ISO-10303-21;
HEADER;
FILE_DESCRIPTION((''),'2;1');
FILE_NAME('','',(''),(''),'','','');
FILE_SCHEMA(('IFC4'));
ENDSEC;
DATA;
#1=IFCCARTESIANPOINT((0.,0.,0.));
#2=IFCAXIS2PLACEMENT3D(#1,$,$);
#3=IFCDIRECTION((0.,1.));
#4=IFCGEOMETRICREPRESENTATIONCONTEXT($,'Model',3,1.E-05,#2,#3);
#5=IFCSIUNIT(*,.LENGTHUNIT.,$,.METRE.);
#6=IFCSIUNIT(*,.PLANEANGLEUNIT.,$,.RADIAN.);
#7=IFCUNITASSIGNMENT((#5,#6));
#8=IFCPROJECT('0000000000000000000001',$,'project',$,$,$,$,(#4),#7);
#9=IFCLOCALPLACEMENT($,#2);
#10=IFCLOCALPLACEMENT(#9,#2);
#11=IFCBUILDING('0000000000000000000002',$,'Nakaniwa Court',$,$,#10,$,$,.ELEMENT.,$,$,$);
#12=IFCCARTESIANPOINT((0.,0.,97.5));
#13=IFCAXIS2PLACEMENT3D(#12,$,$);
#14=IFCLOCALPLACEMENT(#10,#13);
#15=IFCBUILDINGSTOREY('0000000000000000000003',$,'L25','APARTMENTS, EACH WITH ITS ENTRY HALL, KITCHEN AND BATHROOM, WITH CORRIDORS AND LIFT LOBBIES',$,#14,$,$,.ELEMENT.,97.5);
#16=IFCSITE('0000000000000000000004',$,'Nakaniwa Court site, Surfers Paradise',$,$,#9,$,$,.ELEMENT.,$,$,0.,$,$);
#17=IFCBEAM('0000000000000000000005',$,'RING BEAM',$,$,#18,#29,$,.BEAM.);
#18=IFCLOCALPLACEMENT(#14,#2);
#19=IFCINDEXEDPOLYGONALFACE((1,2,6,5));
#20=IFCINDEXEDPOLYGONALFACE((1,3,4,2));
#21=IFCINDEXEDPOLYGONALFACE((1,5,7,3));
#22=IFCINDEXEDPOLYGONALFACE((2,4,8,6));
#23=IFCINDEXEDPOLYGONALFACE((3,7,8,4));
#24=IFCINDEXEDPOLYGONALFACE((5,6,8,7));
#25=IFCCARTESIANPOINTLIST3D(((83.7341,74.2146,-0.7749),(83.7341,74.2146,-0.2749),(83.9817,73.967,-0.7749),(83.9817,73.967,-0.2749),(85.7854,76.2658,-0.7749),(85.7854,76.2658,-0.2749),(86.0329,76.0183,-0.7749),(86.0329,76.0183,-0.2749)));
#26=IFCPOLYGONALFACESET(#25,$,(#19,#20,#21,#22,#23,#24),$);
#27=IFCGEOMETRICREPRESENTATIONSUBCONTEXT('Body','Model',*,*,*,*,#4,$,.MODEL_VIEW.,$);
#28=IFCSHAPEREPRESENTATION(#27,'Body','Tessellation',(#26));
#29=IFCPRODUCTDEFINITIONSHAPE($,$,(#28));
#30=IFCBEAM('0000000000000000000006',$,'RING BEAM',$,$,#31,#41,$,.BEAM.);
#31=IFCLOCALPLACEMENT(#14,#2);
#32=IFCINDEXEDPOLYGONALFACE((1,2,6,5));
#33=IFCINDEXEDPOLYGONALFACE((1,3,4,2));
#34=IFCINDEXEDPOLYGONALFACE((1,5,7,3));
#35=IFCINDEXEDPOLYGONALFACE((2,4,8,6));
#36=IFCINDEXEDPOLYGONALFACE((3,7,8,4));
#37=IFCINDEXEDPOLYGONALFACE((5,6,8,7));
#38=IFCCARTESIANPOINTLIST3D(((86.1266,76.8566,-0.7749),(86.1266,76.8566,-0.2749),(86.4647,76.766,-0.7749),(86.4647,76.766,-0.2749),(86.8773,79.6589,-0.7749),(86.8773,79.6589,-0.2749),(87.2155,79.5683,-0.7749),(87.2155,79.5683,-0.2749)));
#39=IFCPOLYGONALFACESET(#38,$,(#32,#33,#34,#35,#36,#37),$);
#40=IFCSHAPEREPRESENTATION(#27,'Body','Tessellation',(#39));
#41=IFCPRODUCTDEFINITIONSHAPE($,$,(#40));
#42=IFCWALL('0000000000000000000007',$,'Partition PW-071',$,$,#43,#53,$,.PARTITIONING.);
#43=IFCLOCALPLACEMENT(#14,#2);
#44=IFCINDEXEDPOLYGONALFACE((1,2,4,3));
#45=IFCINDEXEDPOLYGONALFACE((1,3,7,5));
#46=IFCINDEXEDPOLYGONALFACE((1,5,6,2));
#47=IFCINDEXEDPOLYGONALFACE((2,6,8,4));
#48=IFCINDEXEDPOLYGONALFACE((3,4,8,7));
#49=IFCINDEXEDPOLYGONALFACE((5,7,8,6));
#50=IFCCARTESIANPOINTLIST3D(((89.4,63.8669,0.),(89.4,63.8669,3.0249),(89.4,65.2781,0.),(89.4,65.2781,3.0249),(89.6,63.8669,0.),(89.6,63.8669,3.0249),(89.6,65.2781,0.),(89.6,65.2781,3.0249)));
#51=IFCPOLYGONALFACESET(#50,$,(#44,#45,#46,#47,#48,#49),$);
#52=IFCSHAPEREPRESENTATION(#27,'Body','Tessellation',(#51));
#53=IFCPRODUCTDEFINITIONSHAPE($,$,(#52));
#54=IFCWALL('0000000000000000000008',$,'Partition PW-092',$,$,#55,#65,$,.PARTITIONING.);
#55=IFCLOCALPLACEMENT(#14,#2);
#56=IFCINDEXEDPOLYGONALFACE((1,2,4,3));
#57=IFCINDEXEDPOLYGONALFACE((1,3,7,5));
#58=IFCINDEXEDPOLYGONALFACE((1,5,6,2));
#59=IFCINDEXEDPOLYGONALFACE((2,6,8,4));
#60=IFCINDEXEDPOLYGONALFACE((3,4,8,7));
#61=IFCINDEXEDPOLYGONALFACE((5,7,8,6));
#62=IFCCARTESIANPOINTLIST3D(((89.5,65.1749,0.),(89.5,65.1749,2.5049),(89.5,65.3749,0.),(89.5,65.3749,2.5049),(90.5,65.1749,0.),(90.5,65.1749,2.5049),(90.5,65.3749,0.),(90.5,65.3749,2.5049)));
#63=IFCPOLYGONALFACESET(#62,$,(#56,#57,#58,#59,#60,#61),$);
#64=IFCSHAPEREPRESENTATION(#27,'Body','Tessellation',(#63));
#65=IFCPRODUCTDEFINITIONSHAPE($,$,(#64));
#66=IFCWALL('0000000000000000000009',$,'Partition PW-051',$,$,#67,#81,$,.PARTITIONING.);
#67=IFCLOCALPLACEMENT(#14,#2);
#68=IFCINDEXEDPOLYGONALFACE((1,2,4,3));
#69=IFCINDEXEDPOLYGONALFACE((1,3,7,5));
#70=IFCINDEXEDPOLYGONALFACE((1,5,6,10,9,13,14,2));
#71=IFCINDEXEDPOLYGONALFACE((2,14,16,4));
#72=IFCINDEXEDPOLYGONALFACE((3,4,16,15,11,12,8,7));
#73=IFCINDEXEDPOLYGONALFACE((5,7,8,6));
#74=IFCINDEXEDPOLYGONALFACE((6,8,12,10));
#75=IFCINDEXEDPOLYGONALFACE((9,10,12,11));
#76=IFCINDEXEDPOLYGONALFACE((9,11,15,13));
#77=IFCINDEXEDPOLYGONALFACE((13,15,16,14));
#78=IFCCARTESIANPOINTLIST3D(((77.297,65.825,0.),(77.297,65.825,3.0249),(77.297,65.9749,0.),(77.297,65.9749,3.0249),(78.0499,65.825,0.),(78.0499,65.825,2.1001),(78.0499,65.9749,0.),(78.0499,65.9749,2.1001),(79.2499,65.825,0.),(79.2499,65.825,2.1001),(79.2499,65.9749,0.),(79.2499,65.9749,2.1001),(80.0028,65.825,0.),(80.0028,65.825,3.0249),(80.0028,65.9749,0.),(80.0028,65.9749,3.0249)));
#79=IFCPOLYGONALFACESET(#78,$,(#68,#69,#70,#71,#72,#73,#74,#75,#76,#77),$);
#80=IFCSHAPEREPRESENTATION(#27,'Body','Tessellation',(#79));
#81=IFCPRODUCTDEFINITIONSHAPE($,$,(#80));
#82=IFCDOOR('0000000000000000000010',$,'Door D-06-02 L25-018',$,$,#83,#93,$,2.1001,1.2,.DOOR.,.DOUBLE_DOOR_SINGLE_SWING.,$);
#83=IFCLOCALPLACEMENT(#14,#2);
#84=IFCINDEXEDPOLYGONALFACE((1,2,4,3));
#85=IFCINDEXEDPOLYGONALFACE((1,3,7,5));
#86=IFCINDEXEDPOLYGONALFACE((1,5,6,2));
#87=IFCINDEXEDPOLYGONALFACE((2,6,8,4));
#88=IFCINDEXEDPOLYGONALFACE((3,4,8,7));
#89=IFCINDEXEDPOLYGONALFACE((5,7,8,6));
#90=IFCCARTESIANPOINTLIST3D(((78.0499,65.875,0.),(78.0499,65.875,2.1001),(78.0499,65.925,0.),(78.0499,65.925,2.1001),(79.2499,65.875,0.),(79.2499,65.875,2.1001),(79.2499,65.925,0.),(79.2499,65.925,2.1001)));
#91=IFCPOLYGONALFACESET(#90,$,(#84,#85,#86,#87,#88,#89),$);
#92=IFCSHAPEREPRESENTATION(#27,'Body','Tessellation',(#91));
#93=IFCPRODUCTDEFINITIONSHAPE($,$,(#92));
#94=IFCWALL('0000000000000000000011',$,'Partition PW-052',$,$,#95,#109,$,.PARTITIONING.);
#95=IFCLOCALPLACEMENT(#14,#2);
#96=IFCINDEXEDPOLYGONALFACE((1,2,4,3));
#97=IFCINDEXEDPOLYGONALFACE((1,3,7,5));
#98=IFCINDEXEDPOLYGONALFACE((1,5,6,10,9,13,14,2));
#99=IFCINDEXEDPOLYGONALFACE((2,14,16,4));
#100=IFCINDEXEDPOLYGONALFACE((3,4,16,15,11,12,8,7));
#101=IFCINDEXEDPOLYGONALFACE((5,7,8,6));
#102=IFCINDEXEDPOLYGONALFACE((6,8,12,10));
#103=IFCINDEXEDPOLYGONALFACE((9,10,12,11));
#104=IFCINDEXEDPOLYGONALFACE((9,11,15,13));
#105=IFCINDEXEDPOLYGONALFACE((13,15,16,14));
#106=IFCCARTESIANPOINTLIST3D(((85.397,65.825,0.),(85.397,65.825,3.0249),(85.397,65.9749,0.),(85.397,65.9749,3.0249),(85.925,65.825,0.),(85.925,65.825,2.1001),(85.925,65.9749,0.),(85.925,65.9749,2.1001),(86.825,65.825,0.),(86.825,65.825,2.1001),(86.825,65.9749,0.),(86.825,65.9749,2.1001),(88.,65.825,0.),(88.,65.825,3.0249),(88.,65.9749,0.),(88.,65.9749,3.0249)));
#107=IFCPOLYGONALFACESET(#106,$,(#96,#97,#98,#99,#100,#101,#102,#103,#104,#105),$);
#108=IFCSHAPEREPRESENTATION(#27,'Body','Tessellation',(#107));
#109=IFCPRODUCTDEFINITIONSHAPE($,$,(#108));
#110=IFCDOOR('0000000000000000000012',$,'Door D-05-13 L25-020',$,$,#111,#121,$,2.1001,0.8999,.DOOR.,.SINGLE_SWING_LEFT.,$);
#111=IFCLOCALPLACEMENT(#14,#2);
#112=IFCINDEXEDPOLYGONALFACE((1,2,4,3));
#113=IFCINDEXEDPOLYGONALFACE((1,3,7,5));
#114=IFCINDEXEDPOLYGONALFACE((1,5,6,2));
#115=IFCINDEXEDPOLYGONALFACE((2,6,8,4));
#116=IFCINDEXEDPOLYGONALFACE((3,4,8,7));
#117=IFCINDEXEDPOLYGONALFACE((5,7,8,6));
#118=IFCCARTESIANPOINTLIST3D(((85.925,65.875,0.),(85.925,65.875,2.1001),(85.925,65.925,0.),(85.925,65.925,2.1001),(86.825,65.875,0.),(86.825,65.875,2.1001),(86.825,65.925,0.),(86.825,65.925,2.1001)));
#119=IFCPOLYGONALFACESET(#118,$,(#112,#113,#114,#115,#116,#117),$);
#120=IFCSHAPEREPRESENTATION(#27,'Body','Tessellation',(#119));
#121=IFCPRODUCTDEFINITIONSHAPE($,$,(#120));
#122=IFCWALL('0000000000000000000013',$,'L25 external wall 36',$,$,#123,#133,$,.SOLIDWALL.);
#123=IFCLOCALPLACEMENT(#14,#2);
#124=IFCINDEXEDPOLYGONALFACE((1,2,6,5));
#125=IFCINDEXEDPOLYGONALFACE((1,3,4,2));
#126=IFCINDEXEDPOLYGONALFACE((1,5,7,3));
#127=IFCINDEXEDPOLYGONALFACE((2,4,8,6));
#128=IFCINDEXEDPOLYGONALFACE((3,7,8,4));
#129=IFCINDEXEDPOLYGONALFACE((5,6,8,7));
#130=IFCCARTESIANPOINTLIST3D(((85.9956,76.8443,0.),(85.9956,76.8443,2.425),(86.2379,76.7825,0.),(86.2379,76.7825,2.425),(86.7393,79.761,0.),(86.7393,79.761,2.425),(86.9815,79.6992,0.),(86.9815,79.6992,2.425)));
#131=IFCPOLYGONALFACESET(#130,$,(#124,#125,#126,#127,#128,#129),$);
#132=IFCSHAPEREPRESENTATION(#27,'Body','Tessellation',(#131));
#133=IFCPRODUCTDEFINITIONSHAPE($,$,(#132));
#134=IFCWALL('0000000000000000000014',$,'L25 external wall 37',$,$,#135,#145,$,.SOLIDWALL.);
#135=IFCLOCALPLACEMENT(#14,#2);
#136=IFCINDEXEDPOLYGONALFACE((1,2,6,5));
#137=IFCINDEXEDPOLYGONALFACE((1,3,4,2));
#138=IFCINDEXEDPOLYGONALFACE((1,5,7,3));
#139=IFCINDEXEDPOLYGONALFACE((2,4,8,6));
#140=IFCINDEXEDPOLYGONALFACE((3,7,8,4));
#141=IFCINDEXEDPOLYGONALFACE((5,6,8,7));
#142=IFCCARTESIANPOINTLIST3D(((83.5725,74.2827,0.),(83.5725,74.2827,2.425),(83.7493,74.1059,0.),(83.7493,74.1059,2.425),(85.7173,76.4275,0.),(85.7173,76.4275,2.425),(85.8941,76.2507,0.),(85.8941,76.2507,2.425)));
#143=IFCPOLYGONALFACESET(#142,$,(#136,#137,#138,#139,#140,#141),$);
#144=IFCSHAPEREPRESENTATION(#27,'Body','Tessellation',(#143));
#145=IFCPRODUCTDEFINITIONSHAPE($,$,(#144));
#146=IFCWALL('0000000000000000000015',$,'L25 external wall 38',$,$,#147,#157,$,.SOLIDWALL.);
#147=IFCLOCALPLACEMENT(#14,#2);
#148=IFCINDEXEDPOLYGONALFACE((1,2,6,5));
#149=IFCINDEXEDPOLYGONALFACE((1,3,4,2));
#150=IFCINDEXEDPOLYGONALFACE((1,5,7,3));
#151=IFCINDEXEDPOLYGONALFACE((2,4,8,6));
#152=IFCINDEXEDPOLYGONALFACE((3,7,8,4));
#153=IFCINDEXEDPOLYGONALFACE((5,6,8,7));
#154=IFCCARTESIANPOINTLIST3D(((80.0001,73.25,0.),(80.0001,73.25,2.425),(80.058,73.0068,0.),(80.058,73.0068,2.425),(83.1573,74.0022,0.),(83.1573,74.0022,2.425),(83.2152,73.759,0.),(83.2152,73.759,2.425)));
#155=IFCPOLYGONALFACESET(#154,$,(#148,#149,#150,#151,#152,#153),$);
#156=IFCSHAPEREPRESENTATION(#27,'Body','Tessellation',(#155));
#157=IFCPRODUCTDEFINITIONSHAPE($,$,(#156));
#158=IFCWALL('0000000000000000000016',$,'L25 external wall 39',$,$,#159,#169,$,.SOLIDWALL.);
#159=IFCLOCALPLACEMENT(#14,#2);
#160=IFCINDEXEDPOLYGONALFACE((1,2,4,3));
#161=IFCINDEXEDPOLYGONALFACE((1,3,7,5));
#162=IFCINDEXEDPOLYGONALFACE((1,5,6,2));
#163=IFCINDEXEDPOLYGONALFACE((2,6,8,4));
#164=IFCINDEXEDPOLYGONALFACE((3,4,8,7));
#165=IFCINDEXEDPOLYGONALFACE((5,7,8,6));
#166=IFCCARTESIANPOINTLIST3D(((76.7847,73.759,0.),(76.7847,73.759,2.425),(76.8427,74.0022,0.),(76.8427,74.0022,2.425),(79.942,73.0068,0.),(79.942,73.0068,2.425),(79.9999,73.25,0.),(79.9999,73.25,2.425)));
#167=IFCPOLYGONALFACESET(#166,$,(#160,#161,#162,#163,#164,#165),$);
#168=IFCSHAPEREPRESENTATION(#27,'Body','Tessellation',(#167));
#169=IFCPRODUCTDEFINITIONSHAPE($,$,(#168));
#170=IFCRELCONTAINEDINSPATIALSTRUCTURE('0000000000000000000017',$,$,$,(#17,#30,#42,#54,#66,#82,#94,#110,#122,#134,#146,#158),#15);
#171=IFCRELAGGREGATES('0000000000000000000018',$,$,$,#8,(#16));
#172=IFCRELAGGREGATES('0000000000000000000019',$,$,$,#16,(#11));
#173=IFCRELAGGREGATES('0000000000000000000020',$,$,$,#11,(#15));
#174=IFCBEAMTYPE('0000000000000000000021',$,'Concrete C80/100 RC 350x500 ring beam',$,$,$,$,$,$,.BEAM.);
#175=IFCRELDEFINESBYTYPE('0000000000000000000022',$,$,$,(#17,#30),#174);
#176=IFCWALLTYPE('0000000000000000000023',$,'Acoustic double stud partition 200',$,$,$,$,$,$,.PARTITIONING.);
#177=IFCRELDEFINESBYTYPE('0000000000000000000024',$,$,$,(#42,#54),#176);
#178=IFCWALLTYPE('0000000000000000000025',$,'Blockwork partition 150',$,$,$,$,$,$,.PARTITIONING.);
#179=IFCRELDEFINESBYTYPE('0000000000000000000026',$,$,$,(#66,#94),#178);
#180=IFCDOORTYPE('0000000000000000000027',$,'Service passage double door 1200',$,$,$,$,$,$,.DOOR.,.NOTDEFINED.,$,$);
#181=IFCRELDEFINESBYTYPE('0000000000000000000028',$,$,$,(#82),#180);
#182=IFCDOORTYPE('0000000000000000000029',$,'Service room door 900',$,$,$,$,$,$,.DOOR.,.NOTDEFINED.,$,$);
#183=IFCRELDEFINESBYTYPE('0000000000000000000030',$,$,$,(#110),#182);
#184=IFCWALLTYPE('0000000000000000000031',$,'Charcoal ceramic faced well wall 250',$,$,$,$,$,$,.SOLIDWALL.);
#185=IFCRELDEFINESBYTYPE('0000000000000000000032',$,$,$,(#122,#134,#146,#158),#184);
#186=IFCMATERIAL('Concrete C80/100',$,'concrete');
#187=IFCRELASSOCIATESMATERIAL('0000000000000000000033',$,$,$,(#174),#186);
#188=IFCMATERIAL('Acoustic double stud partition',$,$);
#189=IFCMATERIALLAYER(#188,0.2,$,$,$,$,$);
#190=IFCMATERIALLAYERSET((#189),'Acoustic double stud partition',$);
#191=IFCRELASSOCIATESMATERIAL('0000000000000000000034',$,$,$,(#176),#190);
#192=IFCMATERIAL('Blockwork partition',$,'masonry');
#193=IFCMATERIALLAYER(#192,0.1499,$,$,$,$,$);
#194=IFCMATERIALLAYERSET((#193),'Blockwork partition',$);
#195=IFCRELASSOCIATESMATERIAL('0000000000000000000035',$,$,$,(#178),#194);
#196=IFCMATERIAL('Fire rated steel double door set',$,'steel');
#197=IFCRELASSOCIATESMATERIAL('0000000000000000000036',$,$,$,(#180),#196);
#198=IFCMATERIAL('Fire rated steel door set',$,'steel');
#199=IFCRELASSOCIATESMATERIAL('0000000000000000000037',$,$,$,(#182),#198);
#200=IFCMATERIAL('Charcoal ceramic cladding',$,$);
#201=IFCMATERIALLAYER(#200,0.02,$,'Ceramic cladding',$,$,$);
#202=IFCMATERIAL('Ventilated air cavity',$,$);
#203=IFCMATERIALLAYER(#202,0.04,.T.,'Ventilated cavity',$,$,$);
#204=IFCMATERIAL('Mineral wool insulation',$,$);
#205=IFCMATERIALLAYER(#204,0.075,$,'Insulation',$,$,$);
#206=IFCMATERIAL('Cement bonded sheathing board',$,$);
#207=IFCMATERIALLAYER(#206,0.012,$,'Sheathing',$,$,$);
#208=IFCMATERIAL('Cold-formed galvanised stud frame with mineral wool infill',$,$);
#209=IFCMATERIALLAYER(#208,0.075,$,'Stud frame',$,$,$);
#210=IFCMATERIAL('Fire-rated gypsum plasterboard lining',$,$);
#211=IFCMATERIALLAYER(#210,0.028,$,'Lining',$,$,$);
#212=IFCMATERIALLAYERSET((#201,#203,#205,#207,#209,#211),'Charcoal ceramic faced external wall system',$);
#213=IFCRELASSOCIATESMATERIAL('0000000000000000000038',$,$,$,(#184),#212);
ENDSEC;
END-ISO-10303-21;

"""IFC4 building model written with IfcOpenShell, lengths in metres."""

from ifc_helpers import new_model, si_unit, direction, frame, frame_2d, origin, origin_2d, place, context, subcontext, project, spatial, rectangle, extrude, material, layer, layer_set, material_profile, profile_set, type_object, element, fill, save


model = new_model("IFC4")

# Units and contexts
model_context = context("Model", 3, precision=1e-05, world=origin(), true_north=direction((0.0, 1.0)))
body_context = subcontext(model_context, "Body", "Model", "MODEL_VIEW")
ifc_project = project(units=[si_unit("LENGTHUNIT", "METRE"), si_unit("PLANEANGLEUNIT", "RADIAN")], contexts=[model_context])

# Site, building, storey
site_placement = place(None, origin())
site = spatial("IfcSite", under=ifc_project, at=site_placement, Name="Nakaniwa Court site, Surfers Paradise", CompositionType="ELEMENT", RefElevation=0.0)
building_placement = place(site_placement, origin())
building = spatial("IfcBuilding", under=site, at=building_placement, Name="Nakaniwa Court", CompositionType="ELEMENT")
storey_placement = place(building_placement, frame((0.0, 0.0, 97.5)))
storey = spatial("IfcBuildingStorey", under=building, at=storey_placement, Name="L25", Description="APARTMENTS, EACH WITH ITS ENTRY HALL, KITCHEN AND BATHROOM, WITH CORRIDORS AND LIFT LOBBIES", CompositionType="ELEMENT", Elevation=97.5)

# Shared definitions
ifc_material_1 = material(Name="Concrete C80/100", Category="concrete")

# Beams
ifc_material_profile_1 = material_profile(ifc_material_1, rectangle(XDim=0.3501, YDim=0.5, at=origin_2d()), Name="Concrete C80/100 RC 350x500 ring beam")
ifc_profile_set_1 = profile_set([ifc_material_profile_1], Name="Concrete C80/100")
beam_type = type_object("IfcBeamType", Name="Concrete C80/100 RC 350x500 ring beam", PredefinedType="BEAM", material=ifc_profile_set_1)
beam_1_placement = place(storey_placement, frame((83.8579, 74.0908, -0.5249), z_axis=(0.707107, 0.707107, 0.0), x_axis=(-0.707107, 0.707107, 0.0)))
element("IfcBeam", 1, at=beam_1_placement, inside=storey, type_object=beam_type, Name="RING BEAM", PredefinedType="BEAM", context=body_context, shape_type="SweptSolid", body=[
    extrude(rectangle(XDim=0.3501, YDim=0.5, at=origin_2d()), origin(), (0.0, 0.0, 1.0), 2.9009),
])
beam_2_placement = place(storey_placement, frame((86.2957, 76.8113, -0.5249), z_axis=(0.258778, 0.965937, 0.0), x_axis=(-0.965937, 0.258778, 0.0)))
element("IfcBeam", 2, at=beam_2_placement, inside=storey, type_object=beam_type, Name="RING BEAM", PredefinedType="BEAM", context=body_context, shape_type="SweptSolid", body=[
    extrude(rectangle(XDim=0.3501, YDim=0.5, at=origin_2d()), origin(), (0.0, 0.0, 1.0), 2.9011),
])

# Walls
ifc_material_2 = material(Name="Acoustic double stud partition")
ifc_layer_1 = layer(ifc_material_2, 0.2)
ifc_layer_set_1 = layer_set([ifc_layer_1], Name="Acoustic double stud partition")
wall_type_1 = type_object("IfcWallType", Name="Acoustic double stud partition 200", PredefinedType="PARTITIONING", material=ifc_layer_set_1)
wall_1_placement = place(storey_placement, frame((89.5, 63.8669, 0.0), z_axis=(0.0, 0.0, 1.0), x_axis=(0.0, 1.0, 0.0)))
element("IfcWall", 3, at=wall_1_placement, inside=storey, type_object=wall_type_1, Name="Partition PW-071", PredefinedType="PARTITIONING", context=body_context, shape_type="SweptSolid", body=[
    extrude(rectangle(XDim=1.4111, YDim=0.2, at=frame_2d((0.7056, 0.0))), origin(), (0.0, 0.0, 1.0), 3.0249),
])
wall_2_placement = place(storey_placement, frame((89.5, 65.2749, 0.0), z_axis=(0.0, 0.0, 1.0), x_axis=(1.0, 0.0, 0.0)))
element("IfcWall", 4, at=wall_2_placement, inside=storey, type_object=wall_type_1, Name="Partition PW-092", PredefinedType="PARTITIONING", context=body_context, shape_type="SweptSolid", body=[
    extrude(rectangle(XDim=1.0, YDim=0.2, at=frame_2d((0.5, 0.0))), origin(), (0.0, 0.0, 1.0), 2.5049),
])

# Walls, openings, doors
ifc_material_3 = material(Name="Blockwork partition", Category="masonry")
ifc_layer_2 = layer(ifc_material_3, 0.1499)
ifc_layer_set_2 = layer_set([ifc_layer_2], Name="Blockwork partition")
wall_type_2 = type_object("IfcWallType", Name="Blockwork partition 150", PredefinedType="PARTITIONING", material=ifc_layer_set_2)
wall_3_placement = place(storey_placement, frame((80.0029, 65.8999, 0.0), z_axis=(0.0, 0.0, 1.0), x_axis=(-1.0, 0.0, 0.0)))
wall_3 = element("IfcWall", 5, at=wall_3_placement, inside=storey, type_object=wall_type_2, Name="Partition PW-051", PredefinedType="PARTITIONING", context=body_context, shape_type="SweptSolid", body=[
    extrude(rectangle(XDim=2.7058, YDim=0.1499, at=frame_2d((1.353, 0.0))), origin(), (0.0, 0.0, 1.0), 3.0249),
])
opening_1_placement = place(wall_3_placement, frame((0.7529, 0.0, 0.0)))
opening_1 = element("IfcOpeningElement", 6, at=opening_1_placement, cuts=wall_3, PredefinedType="OPENING", context=body_context, shape_type="SweptSolid", body=[
    extrude(rectangle(XDim=1.2, YDim=2.1001, at=frame_2d((0.6001, 1.05))), frame((0.0, 0.085, 0.0), z_axis=(0.0, -1.0, 0.0), x_axis=(1.0, 0.0, 0.0)), (0.0, 0.0, 1.0), 0.1699),
])
ifc_material_4 = material(Name="Fire rated steel double door set", Category="steel")
door_type_1 = type_object("IfcDoorType", Name="Service passage double door 1200", OperationType="NOTDEFINED", PredefinedType="DOOR", material=ifc_material_4)
door_1_placement = place(opening_1_placement, origin())
door_1 = element("IfcDoor", 7, at=door_1_placement, inside=storey, type_object=door_type_1, Name="Door D-06-02 L25-018", OperationType="DOUBLE_DOOR_SINGLE_SWING", OverallHeight=2.1001, OverallWidth=1.2, PredefinedType="DOOR", context=body_context, shape_type="SweptSolid", body=[
    extrude(rectangle(XDim=1.2, YDim=2.1001, at=frame_2d((0.6001, 1.05))), frame((0.0, 0.0249, 0.0), z_axis=(0.0, -1.0, 0.0), x_axis=(1.0, 0.0, 0.0)), (0.0, 0.0, 1.0), 0.05),
])
fill(opening_1, door_1)
wall_4_placement = place(storey_placement, frame((88.0, 65.8999, 0.0), z_axis=(0.0, 0.0, 1.0), x_axis=(-1.0, 0.0, 0.0)))
wall_4 = element("IfcWall", 8, at=wall_4_placement, inside=storey, type_object=wall_type_2, Name="Partition PW-052", PredefinedType="PARTITIONING", context=body_context, shape_type="SweptSolid", body=[
    extrude(rectangle(XDim=2.603, YDim=0.1499, at=frame_2d((1.3015, 0.0))), origin(), (0.0, 0.0, 1.0), 3.0249),
])
opening_2_placement = place(wall_4_placement, frame((1.175, 0.0, 0.0)))
opening_2 = element("IfcOpeningElement", 9, at=opening_2_placement, cuts=wall_4, PredefinedType="OPENING", context=body_context, shape_type="SweptSolid", body=[
    extrude(rectangle(XDim=0.8999, YDim=2.1001, at=frame_2d((0.45, 1.05))), frame((0.0, 0.085, 0.0), z_axis=(0.0, -1.0, 0.0), x_axis=(1.0, 0.0, 0.0)), (0.0, 0.0, 1.0), 0.1699),
])
ifc_material_5 = material(Name="Fire rated steel door set", Category="steel")
door_type_2 = type_object("IfcDoorType", Name="Service room door 900", OperationType="NOTDEFINED", PredefinedType="DOOR", material=ifc_material_5)
door_2_placement = place(opening_2_placement, origin())
door_2 = element("IfcDoor", 10, at=door_2_placement, inside=storey, type_object=door_type_2, Name="Door D-05-13 L25-020", OperationType="SINGLE_SWING_LEFT", OverallHeight=2.1001, OverallWidth=0.8999, PredefinedType="DOOR", context=body_context, shape_type="SweptSolid", body=[
    extrude(rectangle(XDim=0.8999, YDim=2.1001, at=frame_2d((0.45, 1.05))), frame((0.0, 0.0249, 0.0), z_axis=(0.0, -1.0, 0.0), x_axis=(1.0, 0.0, 0.0)), (0.0, 0.0, 1.0), 0.05),
])
fill(opening_2, door_2)

# Walls
ifc_material_6 = material(Name="Charcoal ceramic cladding")
ifc_layer_3 = layer(ifc_material_6, 0.02, Name="Ceramic cladding")
ifc_material_7 = material(Name="Ventilated air cavity")
ifc_layer_4 = layer(ifc_material_7, 0.04, ventilated=True, Name="Ventilated cavity")
ifc_material_8 = material(Name="Mineral wool insulation")
ifc_layer_5 = layer(ifc_material_8, 0.075, Name="Insulation")
ifc_material_9 = material(Name="Cement bonded sheathing board")
ifc_layer_6 = layer(ifc_material_9, 0.012, Name="Sheathing")
ifc_material_10 = material(Name="Cold-formed galvanised stud frame with mineral wool infill")
ifc_layer_7 = layer(ifc_material_10, 0.075, Name="Stud frame")
ifc_material_11 = material(Name="Fire-rated gypsum plasterboard lining")
ifc_layer_8 = layer(ifc_material_11, 0.028, Name="Lining")
ifc_layer_set_3 = layer_set([ifc_layer_3, ifc_layer_4, ifc_layer_5, ifc_layer_6, ifc_layer_7, ifc_layer_8], Name="Charcoal ceramic faced external wall system")
wall_type_3 = type_object("IfcWallType", Name="Charcoal ceramic faced well wall 250", PredefinedType="SOLIDWALL", material=ifc_layer_set_3)
wall_5_placement = place(storey_placement, frame((86.8604, 79.73, 0.0), z_axis=(0.0, 0.0, 1.0), x_axis=(-0.247056, -0.969001, 0.0)))
element("IfcWall", 11, at=wall_5_placement, inside=storey, type_object=wall_type_3, Name="L25 external wall 36", PredefinedType="SOLIDWALL", context=body_context, shape_type="SweptSolid", body=[
    extrude(rectangle(XDim=3.01, YDim=0.25, at=frame_2d((1.5049, 0.0))), origin(), (0.0, 0.0, 1.0), 2.425),
])
wall_6_placement = place(storey_placement, frame((85.8057, 76.3391, 0.0), z_axis=(0.0, 0.0, 1.0), x_axis=(-0.707107, -0.707107, 0.0)))
element("IfcWall", 12, at=wall_6_placement, inside=storey, type_object=wall_type_3, Name="L25 external wall 37", PredefinedType="SOLIDWALL", context=body_context, shape_type="SweptSolid", body=[
    extrude(rectangle(XDim=3.0332, YDim=0.25, at=frame_2d((1.5166, 0.0))), origin(), (0.0, 0.0, 1.0), 2.425),
])
for number, where, z_axis, x_axis, name in (
    (13, (83.1863, 73.8806, 0.0), (0.0, 0.0, 1.0), (-0.972773, -0.23176, 0.0), "L25 external wall 38"),
    (14, (79.9709, 73.1284, 0.0), (0.0, 0.0, 1.0), (-0.972773, 0.23176, 0.0), "L25 external wall 39"),
):
    element("IfcWall", number, at=place(storey_placement, frame(where, z_axis=z_axis, x_axis=x_axis)), inside=storey, type_object=wall_type_3, Name=name, PredefinedType="SOLIDWALL", context=body_context, shape_type="SweptSolid", body=[
        extrude(rectangle(XDim=3.2456, YDim=0.25, at=frame_2d((1.6228, 0.0))), origin(), (0.0, 0.0, 1.0), 2.425),
    ])

save(model, "model.ifc")
